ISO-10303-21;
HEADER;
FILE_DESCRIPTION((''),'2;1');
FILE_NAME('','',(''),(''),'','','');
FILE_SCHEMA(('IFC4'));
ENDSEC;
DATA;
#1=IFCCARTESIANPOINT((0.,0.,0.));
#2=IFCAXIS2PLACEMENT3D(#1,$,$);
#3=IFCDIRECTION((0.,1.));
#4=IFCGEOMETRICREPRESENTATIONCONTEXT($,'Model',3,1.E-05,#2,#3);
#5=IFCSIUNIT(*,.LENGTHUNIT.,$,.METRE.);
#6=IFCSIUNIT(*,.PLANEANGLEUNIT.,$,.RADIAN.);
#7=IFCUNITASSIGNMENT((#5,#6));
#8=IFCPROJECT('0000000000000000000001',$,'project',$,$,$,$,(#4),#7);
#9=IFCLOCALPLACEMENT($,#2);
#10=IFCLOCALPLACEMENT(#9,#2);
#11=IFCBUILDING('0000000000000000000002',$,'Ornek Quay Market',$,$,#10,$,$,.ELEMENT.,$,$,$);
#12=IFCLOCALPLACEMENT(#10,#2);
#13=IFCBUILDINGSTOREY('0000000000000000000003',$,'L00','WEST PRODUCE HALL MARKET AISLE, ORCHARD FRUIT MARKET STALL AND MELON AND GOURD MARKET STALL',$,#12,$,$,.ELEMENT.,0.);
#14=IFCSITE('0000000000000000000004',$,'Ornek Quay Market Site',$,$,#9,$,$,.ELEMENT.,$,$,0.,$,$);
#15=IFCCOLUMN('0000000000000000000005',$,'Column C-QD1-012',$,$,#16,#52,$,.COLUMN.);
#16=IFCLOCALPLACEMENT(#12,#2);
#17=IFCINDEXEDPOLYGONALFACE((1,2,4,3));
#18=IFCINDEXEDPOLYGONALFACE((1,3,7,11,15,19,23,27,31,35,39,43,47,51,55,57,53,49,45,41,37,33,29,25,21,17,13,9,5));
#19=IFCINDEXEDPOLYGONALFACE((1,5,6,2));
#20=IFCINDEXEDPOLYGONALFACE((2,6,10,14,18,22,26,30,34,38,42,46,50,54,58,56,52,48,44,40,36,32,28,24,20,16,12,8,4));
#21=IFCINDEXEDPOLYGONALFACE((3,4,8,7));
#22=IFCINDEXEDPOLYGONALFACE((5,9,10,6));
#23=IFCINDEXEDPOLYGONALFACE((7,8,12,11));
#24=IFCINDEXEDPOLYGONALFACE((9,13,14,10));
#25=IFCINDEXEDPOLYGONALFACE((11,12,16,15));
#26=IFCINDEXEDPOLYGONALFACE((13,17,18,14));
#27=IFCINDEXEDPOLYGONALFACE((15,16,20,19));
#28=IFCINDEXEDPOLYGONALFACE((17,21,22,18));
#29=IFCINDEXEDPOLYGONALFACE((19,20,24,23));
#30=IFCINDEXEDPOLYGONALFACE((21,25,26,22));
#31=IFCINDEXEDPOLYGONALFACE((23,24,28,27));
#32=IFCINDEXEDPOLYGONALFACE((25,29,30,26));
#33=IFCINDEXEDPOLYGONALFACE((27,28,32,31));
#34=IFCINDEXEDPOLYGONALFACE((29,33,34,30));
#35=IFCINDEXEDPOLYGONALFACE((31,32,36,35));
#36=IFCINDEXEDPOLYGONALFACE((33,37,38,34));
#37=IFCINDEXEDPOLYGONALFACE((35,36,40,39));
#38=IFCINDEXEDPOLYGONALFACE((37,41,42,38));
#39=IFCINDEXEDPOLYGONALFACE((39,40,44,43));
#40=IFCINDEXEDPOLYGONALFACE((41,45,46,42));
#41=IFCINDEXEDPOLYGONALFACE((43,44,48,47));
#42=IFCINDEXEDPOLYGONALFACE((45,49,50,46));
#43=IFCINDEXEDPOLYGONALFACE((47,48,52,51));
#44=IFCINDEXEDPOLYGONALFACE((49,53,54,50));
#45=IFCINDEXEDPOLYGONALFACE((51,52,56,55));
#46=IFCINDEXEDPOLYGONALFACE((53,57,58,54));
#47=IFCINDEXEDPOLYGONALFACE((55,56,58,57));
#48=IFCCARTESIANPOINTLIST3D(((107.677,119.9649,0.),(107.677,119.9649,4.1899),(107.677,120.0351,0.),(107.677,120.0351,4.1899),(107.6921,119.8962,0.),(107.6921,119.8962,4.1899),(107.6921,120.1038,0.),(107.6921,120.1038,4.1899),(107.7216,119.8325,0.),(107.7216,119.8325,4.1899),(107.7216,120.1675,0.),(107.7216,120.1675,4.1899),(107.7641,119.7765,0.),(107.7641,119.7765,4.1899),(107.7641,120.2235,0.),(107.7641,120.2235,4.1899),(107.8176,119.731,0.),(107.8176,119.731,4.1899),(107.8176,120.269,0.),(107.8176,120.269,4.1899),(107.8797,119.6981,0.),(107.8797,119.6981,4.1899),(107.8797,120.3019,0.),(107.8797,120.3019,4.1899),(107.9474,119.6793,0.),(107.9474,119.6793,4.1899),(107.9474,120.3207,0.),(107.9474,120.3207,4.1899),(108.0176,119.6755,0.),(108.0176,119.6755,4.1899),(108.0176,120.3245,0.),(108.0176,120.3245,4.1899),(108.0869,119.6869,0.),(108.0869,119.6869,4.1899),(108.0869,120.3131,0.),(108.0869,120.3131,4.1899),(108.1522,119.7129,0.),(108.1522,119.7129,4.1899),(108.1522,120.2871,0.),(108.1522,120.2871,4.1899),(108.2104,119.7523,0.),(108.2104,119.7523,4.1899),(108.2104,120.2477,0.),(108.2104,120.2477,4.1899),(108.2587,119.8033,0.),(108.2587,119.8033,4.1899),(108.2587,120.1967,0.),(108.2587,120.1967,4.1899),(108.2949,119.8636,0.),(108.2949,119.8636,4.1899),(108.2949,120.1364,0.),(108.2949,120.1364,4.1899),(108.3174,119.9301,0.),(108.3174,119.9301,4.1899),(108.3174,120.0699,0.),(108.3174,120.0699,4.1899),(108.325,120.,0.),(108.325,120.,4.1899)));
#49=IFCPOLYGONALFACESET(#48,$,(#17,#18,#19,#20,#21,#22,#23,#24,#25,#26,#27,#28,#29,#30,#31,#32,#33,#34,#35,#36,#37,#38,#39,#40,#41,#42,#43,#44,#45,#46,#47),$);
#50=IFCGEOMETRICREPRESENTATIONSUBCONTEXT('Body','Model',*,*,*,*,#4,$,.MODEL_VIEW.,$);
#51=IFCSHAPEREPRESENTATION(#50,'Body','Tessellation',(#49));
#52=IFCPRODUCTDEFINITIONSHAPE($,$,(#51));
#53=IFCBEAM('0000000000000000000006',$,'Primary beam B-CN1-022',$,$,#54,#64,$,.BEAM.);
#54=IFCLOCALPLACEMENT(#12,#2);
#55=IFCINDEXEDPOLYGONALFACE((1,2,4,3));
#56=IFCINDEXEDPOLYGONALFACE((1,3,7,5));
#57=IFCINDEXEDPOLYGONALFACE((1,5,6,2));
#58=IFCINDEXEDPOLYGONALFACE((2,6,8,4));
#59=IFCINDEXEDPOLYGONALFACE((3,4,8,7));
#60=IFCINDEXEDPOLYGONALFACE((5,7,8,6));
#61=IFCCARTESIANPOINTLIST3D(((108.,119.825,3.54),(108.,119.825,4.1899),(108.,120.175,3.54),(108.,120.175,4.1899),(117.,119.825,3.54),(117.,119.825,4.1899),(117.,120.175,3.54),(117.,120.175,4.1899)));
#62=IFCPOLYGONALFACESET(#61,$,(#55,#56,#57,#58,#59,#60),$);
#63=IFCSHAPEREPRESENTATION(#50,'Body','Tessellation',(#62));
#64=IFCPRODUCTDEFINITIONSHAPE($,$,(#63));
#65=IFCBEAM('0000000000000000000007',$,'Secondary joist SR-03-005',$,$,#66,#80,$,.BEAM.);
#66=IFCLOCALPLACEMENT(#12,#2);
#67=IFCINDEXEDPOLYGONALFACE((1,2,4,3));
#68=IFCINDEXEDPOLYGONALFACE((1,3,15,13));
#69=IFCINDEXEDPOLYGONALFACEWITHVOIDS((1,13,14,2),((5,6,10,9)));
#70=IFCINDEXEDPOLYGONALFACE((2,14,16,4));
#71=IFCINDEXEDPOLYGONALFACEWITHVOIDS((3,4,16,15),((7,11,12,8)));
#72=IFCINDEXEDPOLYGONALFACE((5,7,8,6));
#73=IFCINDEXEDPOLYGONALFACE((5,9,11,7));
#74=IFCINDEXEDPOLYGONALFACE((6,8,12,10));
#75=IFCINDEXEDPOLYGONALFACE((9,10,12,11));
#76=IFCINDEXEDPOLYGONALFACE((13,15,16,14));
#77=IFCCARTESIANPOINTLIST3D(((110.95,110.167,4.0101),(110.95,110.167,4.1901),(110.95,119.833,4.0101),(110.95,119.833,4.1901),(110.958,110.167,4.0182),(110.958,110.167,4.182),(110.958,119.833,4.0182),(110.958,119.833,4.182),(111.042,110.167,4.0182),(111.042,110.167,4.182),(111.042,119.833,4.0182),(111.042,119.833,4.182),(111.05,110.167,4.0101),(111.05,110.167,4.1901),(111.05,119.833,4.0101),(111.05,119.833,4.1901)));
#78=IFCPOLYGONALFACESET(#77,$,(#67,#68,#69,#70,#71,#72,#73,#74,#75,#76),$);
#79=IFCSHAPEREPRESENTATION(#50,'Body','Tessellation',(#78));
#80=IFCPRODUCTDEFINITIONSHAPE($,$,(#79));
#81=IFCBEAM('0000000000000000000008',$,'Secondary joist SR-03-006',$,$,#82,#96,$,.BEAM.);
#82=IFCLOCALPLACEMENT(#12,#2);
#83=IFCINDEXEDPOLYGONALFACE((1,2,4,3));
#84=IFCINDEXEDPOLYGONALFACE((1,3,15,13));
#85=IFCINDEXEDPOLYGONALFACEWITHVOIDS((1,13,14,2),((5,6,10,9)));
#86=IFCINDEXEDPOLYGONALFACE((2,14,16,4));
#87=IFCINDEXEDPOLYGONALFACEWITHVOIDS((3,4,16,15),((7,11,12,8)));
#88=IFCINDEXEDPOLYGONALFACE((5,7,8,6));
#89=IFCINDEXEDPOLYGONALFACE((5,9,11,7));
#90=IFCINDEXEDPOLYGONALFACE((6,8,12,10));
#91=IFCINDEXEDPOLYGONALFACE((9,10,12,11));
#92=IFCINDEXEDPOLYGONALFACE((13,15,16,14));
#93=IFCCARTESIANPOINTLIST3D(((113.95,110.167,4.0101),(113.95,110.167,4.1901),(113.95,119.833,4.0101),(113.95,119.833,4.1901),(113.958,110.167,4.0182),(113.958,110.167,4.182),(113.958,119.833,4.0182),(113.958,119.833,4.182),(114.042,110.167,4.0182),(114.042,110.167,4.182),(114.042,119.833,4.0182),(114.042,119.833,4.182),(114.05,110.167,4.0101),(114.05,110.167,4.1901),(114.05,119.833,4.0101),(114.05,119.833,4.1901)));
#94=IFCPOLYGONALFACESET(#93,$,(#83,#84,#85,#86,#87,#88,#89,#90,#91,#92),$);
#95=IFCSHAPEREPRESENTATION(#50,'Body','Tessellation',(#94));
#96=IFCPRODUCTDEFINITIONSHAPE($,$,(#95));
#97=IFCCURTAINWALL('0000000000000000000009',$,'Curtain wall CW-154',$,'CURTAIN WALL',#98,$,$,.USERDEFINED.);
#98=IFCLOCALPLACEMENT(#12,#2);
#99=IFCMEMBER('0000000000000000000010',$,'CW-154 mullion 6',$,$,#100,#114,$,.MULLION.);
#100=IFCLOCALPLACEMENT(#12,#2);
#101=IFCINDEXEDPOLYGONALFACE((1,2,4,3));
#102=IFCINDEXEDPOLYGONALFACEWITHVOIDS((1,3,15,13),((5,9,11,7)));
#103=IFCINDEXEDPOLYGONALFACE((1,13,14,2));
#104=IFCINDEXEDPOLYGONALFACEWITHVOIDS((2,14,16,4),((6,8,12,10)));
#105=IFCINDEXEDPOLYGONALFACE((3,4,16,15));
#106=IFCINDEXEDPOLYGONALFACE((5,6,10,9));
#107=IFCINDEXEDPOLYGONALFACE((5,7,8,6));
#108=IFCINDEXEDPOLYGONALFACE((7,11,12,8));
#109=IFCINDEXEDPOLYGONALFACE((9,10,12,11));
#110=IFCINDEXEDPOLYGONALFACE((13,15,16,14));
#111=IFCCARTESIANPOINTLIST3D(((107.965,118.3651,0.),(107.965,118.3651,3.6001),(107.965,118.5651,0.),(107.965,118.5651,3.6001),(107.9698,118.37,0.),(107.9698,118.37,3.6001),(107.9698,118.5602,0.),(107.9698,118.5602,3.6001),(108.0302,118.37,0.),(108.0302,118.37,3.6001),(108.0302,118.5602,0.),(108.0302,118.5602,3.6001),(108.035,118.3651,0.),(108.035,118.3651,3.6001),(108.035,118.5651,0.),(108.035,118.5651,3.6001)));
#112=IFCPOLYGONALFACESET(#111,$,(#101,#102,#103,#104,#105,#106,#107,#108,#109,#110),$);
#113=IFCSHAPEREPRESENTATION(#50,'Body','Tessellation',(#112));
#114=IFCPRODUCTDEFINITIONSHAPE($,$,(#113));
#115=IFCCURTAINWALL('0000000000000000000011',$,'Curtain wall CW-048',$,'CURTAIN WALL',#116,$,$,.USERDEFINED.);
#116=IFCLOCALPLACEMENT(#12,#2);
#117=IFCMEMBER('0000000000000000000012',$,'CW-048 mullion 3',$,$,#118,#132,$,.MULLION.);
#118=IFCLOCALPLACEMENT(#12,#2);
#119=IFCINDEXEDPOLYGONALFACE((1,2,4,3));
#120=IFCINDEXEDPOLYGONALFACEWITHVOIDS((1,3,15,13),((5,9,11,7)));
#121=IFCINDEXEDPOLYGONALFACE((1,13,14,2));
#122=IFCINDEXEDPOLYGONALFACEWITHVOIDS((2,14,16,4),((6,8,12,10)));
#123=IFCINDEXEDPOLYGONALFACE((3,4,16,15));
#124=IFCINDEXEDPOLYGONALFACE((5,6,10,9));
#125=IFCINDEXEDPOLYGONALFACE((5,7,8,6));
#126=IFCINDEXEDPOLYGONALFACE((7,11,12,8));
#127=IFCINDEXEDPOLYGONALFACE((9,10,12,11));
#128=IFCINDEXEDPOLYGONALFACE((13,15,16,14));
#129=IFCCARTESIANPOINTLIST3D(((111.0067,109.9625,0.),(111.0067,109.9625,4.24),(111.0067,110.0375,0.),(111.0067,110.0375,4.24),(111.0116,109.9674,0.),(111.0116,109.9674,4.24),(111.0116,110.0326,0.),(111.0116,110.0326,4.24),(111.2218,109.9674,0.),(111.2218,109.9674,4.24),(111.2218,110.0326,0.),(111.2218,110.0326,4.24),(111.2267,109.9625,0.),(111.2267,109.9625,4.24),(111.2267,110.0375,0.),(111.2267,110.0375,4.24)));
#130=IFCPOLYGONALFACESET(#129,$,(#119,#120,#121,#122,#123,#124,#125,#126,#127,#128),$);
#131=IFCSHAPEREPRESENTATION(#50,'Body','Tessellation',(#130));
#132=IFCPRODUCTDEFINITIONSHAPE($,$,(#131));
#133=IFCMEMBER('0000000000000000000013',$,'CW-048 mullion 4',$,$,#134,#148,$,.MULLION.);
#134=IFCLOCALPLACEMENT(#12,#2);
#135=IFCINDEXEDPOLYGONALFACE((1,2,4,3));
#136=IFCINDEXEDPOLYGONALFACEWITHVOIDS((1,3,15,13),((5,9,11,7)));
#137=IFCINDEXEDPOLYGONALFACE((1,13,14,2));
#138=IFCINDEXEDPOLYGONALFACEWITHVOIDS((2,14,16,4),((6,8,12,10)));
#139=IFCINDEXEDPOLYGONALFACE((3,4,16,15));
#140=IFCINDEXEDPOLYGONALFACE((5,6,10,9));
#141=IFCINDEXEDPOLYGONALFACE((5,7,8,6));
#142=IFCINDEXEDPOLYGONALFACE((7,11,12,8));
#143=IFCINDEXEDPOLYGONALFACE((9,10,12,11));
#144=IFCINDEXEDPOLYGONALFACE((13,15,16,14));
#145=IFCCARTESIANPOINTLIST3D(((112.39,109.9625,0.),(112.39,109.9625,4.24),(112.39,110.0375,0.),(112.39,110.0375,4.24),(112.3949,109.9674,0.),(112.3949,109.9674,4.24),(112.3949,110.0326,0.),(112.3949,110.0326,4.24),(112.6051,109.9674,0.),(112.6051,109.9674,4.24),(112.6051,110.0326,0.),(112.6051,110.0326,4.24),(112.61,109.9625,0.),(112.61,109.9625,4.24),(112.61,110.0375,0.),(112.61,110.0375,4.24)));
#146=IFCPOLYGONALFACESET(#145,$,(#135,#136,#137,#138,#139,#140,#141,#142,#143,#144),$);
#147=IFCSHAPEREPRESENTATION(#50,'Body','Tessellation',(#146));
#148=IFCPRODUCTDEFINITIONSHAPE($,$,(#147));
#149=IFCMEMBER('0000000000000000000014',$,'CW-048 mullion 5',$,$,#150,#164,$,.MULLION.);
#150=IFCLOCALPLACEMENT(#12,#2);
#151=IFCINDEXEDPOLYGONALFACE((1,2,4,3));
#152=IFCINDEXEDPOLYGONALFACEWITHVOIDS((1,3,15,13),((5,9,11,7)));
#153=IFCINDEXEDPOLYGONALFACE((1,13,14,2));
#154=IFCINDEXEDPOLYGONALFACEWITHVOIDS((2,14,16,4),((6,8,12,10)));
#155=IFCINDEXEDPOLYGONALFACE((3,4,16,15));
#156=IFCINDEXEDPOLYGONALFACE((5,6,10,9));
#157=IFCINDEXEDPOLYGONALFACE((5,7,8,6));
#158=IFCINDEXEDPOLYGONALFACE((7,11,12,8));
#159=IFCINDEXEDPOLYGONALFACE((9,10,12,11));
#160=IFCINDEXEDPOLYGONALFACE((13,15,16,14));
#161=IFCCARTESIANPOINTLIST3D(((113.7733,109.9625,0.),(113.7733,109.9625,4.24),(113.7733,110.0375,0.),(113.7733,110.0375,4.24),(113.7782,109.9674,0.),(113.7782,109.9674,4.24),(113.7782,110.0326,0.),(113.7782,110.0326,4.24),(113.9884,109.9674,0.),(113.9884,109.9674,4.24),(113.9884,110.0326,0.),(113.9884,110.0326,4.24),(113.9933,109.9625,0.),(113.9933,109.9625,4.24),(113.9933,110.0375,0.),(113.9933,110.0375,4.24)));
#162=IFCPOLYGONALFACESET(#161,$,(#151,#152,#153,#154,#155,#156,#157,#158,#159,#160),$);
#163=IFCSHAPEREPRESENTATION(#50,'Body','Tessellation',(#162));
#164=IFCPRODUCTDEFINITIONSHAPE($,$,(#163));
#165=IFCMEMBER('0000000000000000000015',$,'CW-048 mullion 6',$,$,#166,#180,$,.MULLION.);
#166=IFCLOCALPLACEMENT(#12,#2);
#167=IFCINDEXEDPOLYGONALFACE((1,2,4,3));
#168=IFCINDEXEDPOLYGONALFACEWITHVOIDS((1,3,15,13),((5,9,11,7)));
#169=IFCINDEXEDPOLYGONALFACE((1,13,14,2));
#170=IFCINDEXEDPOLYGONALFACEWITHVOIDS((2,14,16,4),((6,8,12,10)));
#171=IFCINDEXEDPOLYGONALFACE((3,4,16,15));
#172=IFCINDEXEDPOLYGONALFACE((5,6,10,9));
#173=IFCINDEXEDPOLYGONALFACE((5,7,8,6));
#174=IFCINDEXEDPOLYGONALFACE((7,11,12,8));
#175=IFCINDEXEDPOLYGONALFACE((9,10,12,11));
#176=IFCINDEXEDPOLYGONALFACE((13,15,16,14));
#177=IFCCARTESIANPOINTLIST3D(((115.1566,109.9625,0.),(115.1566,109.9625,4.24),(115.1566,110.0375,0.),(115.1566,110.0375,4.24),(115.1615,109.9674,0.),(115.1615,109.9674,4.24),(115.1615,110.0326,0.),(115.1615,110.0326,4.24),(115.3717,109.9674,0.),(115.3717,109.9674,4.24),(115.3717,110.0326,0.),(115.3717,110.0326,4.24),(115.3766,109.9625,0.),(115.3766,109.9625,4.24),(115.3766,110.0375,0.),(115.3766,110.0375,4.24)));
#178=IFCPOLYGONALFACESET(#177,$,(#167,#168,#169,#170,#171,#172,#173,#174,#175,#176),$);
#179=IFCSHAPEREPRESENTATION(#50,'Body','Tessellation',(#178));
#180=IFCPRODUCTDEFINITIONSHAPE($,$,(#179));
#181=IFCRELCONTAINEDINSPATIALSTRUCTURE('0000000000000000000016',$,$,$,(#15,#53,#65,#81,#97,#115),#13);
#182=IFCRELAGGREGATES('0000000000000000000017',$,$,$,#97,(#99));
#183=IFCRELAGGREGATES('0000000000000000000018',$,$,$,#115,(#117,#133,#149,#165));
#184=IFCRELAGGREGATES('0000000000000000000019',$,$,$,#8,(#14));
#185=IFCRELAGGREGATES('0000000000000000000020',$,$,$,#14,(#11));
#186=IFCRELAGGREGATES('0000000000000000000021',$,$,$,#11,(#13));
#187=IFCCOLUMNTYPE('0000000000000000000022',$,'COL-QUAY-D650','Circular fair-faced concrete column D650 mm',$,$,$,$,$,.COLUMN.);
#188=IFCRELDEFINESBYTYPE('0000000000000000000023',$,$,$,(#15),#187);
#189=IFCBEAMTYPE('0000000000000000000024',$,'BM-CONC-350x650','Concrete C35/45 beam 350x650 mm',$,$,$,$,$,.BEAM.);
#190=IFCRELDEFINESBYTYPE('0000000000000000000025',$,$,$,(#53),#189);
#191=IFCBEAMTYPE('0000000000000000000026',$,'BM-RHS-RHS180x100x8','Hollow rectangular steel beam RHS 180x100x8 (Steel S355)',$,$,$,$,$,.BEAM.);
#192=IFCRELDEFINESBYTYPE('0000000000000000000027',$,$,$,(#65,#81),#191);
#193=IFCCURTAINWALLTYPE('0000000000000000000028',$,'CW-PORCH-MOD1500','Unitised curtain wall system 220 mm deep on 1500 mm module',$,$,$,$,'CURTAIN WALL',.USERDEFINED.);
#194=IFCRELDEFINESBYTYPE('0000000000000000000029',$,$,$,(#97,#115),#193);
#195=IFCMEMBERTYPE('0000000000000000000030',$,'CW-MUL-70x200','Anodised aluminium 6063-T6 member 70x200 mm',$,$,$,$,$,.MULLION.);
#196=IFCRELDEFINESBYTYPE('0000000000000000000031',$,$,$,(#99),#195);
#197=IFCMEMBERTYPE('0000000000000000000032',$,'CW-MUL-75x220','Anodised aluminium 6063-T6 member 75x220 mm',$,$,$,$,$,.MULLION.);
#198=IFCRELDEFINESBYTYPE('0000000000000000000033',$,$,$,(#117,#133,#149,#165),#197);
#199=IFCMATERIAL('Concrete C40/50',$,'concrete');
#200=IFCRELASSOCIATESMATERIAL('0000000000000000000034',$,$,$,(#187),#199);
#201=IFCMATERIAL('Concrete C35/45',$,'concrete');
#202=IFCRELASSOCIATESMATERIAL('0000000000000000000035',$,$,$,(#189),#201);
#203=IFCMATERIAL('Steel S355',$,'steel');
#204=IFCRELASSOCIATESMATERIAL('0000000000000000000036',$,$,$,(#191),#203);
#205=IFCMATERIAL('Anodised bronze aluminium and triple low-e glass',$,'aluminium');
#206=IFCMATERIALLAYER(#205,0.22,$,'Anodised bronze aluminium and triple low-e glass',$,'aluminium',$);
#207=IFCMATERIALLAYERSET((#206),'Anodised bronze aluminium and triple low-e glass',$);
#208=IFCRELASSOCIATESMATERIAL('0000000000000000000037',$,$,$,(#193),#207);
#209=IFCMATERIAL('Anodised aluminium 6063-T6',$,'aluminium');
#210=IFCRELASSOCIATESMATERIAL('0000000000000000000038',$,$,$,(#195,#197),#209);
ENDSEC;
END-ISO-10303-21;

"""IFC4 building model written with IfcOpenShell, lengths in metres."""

from ifc_helpers import new_model, si_unit, direction, frame, origin, origin_2d, place, context, subcontext, project, spatial, rectangle, hollow_rectangle, circle, extrude, material, layer, layer_set, material_profile, profile_set, type_object, element, aggregate, save


model = new_model("IFC4")

# Units and contexts
model_context = context("Model", 3, precision=1e-05, world=origin(), true_north=direction((0.0, 1.0)))
body_context = subcontext(model_context, "Body", "Model", "MODEL_VIEW")
ifc_project = project(units=[si_unit("LENGTHUNIT", "METRE"), si_unit("PLANEANGLEUNIT", "RADIAN")], contexts=[model_context])

# Site, building, storey
site_placement = place(None, origin())
site = spatial("IfcSite", under=ifc_project, at=site_placement, Name="Ornek Quay Market Site", CompositionType="ELEMENT", RefElevation=0.0)
building_placement = place(site_placement, origin())
building = spatial("IfcBuilding", under=site, at=building_placement, Name="Ornek Quay Market", CompositionType="ELEMENT")
storey_placement = place(building_placement, origin())
storey = spatial("IfcBuildingStorey", under=building, at=storey_placement, Name="L00", Description="WEST PRODUCE HALL MARKET AISLE, ORCHARD FRUIT MARKET STALL AND MELON AND GOURD MARKET STALL", CompositionType="ELEMENT", Elevation=0.0)

# Column
ifc_material_1 = material(Name="Concrete C40/50", Category="concrete")
ifc_material_profile_1 = material_profile(ifc_material_1, circle(Radius=0.325, at=origin_2d()), Name="RC D650", Category="concrete")
ifc_profile_set_1 = profile_set([ifc_material_profile_1], Name="Concrete C40/50")
column_type = type_object("IfcColumnType", Name="COL-QUAY-D650", Description="Circular fair-faced concrete column D650 mm", PredefinedType="COLUMN", material=ifc_profile_set_1)
column_placement = place(storey_placement, frame((108.0, 120.0, 0.0), z_axis=(0.0, 0.0, 1.0), x_axis=(1.0, 0.0, 0.0)))
element("IfcColumn", 1, at=column_placement, inside=storey, type_object=column_type, Name="Column C-QD1-012", PredefinedType="COLUMN", context=body_context, shape_type="SweptSolid", body=[
    extrude(circle(Radius=0.325, at=origin_2d()), origin(), (0.0, 0.0, 1.0), 4.1899),
])

# Beams
ifc_material_2 = material(Name="Concrete C35/45", Category="concrete")
ifc_material_profile_2 = material_profile(ifc_material_2, rectangle(XDim=0.3501, YDim=0.6499, at=origin_2d()), Name="RC 350x650", Category="concrete")
ifc_profile_set_2 = profile_set([ifc_material_profile_2], Name="Concrete C35/45")
beam_type_1 = type_object("IfcBeamType", Name="BM-CONC-350x650", Description="Concrete C35/45 beam 350x650 mm", PredefinedType="BEAM", material=ifc_profile_set_2)
beam_placement = place(storey_placement, frame((108.0, 120.0, 3.865), z_axis=(1.0, 0.0, 0.0), x_axis=(0.0, 1.0, 0.0)))
element("IfcBeam", 2, at=beam_placement, inside=storey, type_object=beam_type_1, Name="Primary beam B-CN1-022", PredefinedType="BEAM", context=body_context, shape_type="SweptSolid", body=[
    extrude(rectangle(XDim=0.3501, YDim=0.6499, at=origin_2d()), origin(), (0.0, 0.0, 1.0), 9.0),
])
ifc_material_3 = material(Name="Steel S355", Category="steel")
ifc_material_profile_3 = material_profile(ifc_material_3, hollow_rectangle(XDim=0.1001, YDim=0.1799, WallThickness=0.0081, at=origin_2d()), Name="RHS 180x100x8", Category="steel")
ifc_profile_set_3 = profile_set([ifc_material_profile_3], Name="Steel S355")
beam_type_2 = type_object("IfcBeamType", Name="BM-RHS-RHS180x100x8", Description="Hollow rectangular steel beam RHS 180x100x8 (Steel S355)", PredefinedType="BEAM", material=ifc_profile_set_3)
for number, where, z_axis, x_axis, name in (
    (3, (111.0, 110.167, 4.1001), (0.0, 1.0, 0.0), (-1.0, 0.0, 0.0), "Secondary joist SR-03-005"),
    (4, (114.0, 110.167, 4.1001), (0.0, 1.0, 0.0), (-1.0, 0.0, 0.0), "Secondary joist SR-03-006"),
):
    element("IfcBeam", number, at=place(storey_placement, frame(where, z_axis=z_axis, x_axis=x_axis)), inside=storey, type_object=beam_type_2, Name=name, PredefinedType="BEAM", context=body_context, shape_type="SweptSolid", body=[
        extrude(hollow_rectangle(XDim=0.1001, YDim=0.1799, WallThickness=0.0081, at=origin_2d()), origin(), (0.0, 0.0, 1.0), 9.666),
    ])

# Curtain wall, member
ifc_material_4 = material(Name="Anodised bronze aluminium and triple low-e glass", Category="aluminium")
ifc_layer_1 = layer(ifc_material_4, 0.22, Name="Anodised bronze aluminium and triple low-e glass", Category="aluminium")
ifc_layer_set_1 = layer_set([ifc_layer_1], Name="Anodised bronze aluminium and triple low-e glass")
curtain_wall_type = type_object("IfcCurtainWallType", Name="CW-PORCH-MOD1500", Description="Unitised curtain wall system 220 mm deep on 1500 mm module", ElementType="CURTAIN WALL", PredefinedType="USERDEFINED", material=ifc_layer_set_1)
curtain_wall_1_placement = place(storey_placement, origin())
curtain_wall_1 = element("IfcCurtainWall", 5, at=curtain_wall_1_placement, inside=storey, type_object=curtain_wall_type, Name="Curtain wall CW-154", ObjectType="CURTAIN WALL", PredefinedType="USERDEFINED")
ifc_material_5 = material(Name="Anodised aluminium 6063-T6", Category="aluminium")
ifc_material_profile_4 = material_profile(ifc_material_5, hollow_rectangle(XDim=0.0701, YDim=0.2, WallThickness=0.0049, at=origin_2d()), Name="CW-MUL-70x200", Category="aluminium")
ifc_profile_set_4 = profile_set([ifc_material_profile_4], Name="Anodised aluminium 6063-T6")
member_type_1 = type_object("IfcMemberType", Name="CW-MUL-70x200", Description="Anodised aluminium 6063-T6 member 70x200 mm", PredefinedType="MULLION", material=ifc_profile_set_4)
member_1_placement = place(storey_placement, frame((108.0, 118.4651, 0.0), z_axis=(0.0, 0.0, 1.0), x_axis=(-1.0, 0.0, 0.0)))
member_1 = element("IfcMember", 6, at=member_1_placement, type_object=member_type_1, Name="CW-154 mullion 6", PredefinedType="MULLION", context=body_context, shape_type="SweptSolid", body=[
    extrude(hollow_rectangle(XDim=0.0701, YDim=0.2, WallThickness=0.0049, at=origin_2d()), origin(), (0.0, 0.0, 1.0), 3.6001),
])

# Curtain wall, members
curtain_wall_2_placement = place(storey_placement, origin())
curtain_wall_2 = element("IfcCurtainWall", 7, at=curtain_wall_2_placement, inside=storey, type_object=curtain_wall_type, Name="Curtain wall CW-048", ObjectType="CURTAIN WALL", PredefinedType="USERDEFINED")
ifc_material_profile_5 = material_profile(ifc_material_5, hollow_rectangle(XDim=0.075, YDim=0.22, WallThickness=0.0049, at=origin_2d()), Name="CW-MUL-75x220", Category="aluminium")
ifc_profile_set_5 = profile_set([ifc_material_profile_5], Name="Anodised aluminium 6063-T6")
member_type_2 = type_object("IfcMemberType", Name="CW-MUL-75x220", Description="Anodised aluminium 6063-T6 member 75x220 mm", PredefinedType="MULLION", material=ifc_profile_set_5)
member_2_placement = place(storey_placement, frame((111.1167, 110.0, 0.0), z_axis=(0.0, 0.0, 1.0), x_axis=(0.0, 1.0, 0.0)))
member_2 = element("IfcMember", 8, at=member_2_placement, type_object=member_type_2, Name="CW-048 mullion 3", PredefinedType="MULLION", context=body_context, shape_type="SweptSolid", body=[
    extrude(hollow_rectangle(XDim=0.075, YDim=0.22, WallThickness=0.0049, at=origin_2d()), origin(), (0.0, 0.0, 1.0), 4.24),
])
member_3_placement = place(storey_placement, frame((112.5, 110.0, 0.0), z_axis=(0.0, 0.0, 1.0), x_axis=(0.0, 1.0, 0.0)))
member_3 = element("IfcMember", 9, at=member_3_placement, type_object=member_type_2, Name="CW-048 mullion 4", PredefinedType="MULLION", context=body_context, shape_type="SweptSolid", body=[
    extrude(hollow_rectangle(XDim=0.075, YDim=0.22, WallThickness=0.0049, at=origin_2d()), origin(), (0.0, 0.0, 1.0), 4.24),
])
member_4_placement = place(storey_placement, frame((113.8833, 110.0, 0.0), z_axis=(0.0, 0.0, 1.0), x_axis=(0.0, 1.0, 0.0)))
member_4 = element("IfcMember", 10, at=member_4_placement, type_object=member_type_2, Name="CW-048 mullion 5", PredefinedType="MULLION", context=body_context, shape_type="SweptSolid", body=[
    extrude(hollow_rectangle(XDim=0.075, YDim=0.22, WallThickness=0.0049, at=origin_2d()), origin(), (0.0, 0.0, 1.0), 4.24),
])
member_5_placement = place(storey_placement, frame((115.2666, 110.0, 0.0), z_axis=(0.0, 0.0, 1.0), x_axis=(0.0, 1.0, 0.0)))
member_5 = element("IfcMember", 11, at=member_5_placement, type_object=member_type_2, Name="CW-048 mullion 6", PredefinedType="MULLION", context=body_context, shape_type="SweptSolid", body=[
    extrude(hollow_rectangle(XDim=0.075, YDim=0.22, WallThickness=0.0049, at=origin_2d()), origin(), (0.0, 0.0, 1.0), 4.24),
])

aggregate(curtain_wall_1, [member_1])
aggregate(curtain_wall_2, [member_2, member_3, member_4, member_5])

save(model, "model.ifc")
